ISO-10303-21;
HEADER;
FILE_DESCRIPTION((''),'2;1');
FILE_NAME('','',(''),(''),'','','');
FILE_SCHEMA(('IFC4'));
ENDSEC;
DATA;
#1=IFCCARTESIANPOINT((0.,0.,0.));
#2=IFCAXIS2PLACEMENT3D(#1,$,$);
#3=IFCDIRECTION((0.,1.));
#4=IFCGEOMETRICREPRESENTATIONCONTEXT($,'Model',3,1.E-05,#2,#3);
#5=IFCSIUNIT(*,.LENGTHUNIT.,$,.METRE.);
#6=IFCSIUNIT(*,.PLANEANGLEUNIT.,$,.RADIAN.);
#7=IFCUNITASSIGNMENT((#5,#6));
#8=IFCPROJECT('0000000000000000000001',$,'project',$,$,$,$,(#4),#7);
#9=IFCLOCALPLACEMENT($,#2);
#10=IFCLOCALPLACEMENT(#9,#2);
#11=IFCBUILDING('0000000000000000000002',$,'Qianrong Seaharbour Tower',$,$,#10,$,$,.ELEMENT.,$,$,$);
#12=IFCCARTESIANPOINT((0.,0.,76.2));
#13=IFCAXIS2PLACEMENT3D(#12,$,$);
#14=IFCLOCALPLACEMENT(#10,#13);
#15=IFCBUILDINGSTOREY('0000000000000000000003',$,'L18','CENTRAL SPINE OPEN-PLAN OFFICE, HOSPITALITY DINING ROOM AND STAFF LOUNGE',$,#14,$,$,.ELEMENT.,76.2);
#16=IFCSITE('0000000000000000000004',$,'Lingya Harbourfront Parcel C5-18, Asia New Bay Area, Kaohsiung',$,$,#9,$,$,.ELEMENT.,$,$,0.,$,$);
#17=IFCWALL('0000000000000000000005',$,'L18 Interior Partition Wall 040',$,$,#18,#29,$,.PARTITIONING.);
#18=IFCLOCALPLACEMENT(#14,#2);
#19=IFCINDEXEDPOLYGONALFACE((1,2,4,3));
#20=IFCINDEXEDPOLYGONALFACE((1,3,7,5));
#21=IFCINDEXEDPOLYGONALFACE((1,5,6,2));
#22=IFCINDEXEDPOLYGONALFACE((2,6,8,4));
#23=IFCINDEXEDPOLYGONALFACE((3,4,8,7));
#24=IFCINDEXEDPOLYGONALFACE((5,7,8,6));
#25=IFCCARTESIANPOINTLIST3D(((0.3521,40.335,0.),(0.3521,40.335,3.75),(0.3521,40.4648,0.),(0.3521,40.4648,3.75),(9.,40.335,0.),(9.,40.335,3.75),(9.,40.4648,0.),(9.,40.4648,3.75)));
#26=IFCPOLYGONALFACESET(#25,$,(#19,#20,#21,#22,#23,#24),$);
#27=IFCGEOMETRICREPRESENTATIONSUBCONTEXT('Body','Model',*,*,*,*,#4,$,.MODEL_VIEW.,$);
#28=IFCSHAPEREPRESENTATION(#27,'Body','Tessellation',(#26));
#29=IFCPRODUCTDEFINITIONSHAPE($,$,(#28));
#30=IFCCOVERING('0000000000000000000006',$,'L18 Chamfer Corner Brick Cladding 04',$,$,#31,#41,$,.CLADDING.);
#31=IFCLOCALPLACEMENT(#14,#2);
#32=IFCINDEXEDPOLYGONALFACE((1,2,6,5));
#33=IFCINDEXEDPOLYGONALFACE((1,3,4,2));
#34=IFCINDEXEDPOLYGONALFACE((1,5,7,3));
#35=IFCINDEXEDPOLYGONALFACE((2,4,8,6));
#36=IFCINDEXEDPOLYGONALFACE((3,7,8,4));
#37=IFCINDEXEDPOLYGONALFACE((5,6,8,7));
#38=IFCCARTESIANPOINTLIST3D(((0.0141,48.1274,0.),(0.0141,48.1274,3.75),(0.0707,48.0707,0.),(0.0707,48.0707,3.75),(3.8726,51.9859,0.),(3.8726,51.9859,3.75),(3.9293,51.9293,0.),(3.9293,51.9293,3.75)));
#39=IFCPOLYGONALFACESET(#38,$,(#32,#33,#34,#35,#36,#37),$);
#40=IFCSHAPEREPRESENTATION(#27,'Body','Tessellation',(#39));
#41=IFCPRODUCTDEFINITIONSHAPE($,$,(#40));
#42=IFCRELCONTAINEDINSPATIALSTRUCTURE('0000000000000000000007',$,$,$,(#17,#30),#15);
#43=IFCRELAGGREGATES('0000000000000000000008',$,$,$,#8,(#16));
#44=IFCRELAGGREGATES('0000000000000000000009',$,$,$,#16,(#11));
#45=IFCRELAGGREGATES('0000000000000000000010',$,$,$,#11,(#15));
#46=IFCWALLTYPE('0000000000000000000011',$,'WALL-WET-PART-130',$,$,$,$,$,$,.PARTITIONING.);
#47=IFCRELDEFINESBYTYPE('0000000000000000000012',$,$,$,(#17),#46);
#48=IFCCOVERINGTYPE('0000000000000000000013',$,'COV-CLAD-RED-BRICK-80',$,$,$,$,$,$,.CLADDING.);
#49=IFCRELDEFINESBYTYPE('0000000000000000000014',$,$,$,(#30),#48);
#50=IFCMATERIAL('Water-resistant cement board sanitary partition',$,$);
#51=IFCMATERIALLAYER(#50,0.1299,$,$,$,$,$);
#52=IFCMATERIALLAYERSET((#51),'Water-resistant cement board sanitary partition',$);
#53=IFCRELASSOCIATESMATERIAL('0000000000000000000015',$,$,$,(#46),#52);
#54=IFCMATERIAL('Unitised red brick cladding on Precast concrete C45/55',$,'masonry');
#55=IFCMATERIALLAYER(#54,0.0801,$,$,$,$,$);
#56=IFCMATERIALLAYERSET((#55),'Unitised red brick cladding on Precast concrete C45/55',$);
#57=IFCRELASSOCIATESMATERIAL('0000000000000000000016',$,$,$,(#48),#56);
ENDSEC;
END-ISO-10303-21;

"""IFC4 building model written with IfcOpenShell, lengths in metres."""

from ifc_helpers import new_model, si_unit, direction, frame, frame_2d, origin, origin_2d, place, context, subcontext, project, spatial, rectangle, extrude, material, layer, layer_set, type_object, element, save


model = new_model("IFC4")

# Units and contexts
model_context = context("Model", 3, precision=1e-05, world=origin(), true_north=direction((0.0, 1.0)))
body_context = subcontext(model_context, "Body", "Model", "MODEL_VIEW")
ifc_project = project(units=[si_unit("LENGTHUNIT", "METRE"), si_unit("PLANEANGLEUNIT", "RADIAN")], contexts=[model_context])

# Site, building, storey
site_placement = place(None, origin())
site = spatial("IfcSite", under=ifc_project, at=site_placement, Name="Lingya Harbourfront Parcel C5-18, Asia New Bay Area, Kaohsiung", CompositionType="ELEMENT", RefElevation=0.0)
building_placement = place(site_placement, origin())
building = spatial("IfcBuilding", under=site, at=building_placement, Name="Qianrong Seaharbour Tower", CompositionType="ELEMENT")
storey_placement = place(building_placement, frame((0.0, 0.0, 76.2)))
storey = spatial("IfcBuildingStorey", under=building, at=storey_placement, Name="L18", Description="CENTRAL SPINE OPEN-PLAN OFFICE, HOSPITALITY DINING ROOM AND STAFF LOUNGE", CompositionType="ELEMENT", Elevation=76.2)

# Wall
ifc_material_1 = material(Name="Water-resistant cement board sanitary partition")
ifc_layer_1 = layer(ifc_material_1, 0.1299)
ifc_layer_set_1 = layer_set([ifc_layer_1], Name="Water-resistant cement board sanitary partition")
wall_type_1 = type_object("IfcWallType", Name="WALL-WET-PART-130", PredefinedType="PARTITIONING", material=ifc_layer_set_1)
wall_1_placement = place(storey_placement, frame((0.3521, 40.3999, 0.0), z_axis=(0.0, 0.0, 1.0), x_axis=(1.0, 0.0, 0.0)))
element("IfcWall", 1, at=wall_1_placement, inside=storey, type_object=wall_type_1, Name="L18 Interior Partition Wall 040", PredefinedType="PARTITIONING", context=body_context, shape_type="SweptSolid", body=[
    extrude(rectangle(XDim=8.6479, YDim=0.1299, at=frame_2d((4.324, 0.0))), origin(), (0.0, 0.0, 1.0), 3.75),
])

# Covering
ifc_material_2 = material(Name="Unitised red brick cladding on Precast concrete C45/55", Category="masonry")
ifc_layer_2 = layer(ifc_material_2, 0.0801)
ifc_layer_set_2 = layer_set([ifc_layer_2], Name="Unitised red brick cladding on Precast concrete C45/55")
covering_type = type_object("IfcCoveringType", Name="COV-CLAD-RED-BRICK-80", PredefinedType="CLADDING", material=ifc_layer_set_2)
covering_placement = place(storey_placement, frame((1.9717, 50.0283, 0.0), z_axis=(0.0, 0.0, 1.0), x_axis=(0.707107, 0.707107, 0.0)))
element("IfcCovering", 2, at=covering_placement, inside=storey, type_object=covering_type, Name="L18 Chamfer Corner Brick Cladding 04", PredefinedType="CLADDING", context=body_context, shape_type="SweptSolid", body=[
    extrude(rectangle(XDim=5.4568, YDim=0.0801, at=origin_2d()), origin(), (0.0, 0.0, 1.0), 3.75),
])

save(model, "model.ifc")
